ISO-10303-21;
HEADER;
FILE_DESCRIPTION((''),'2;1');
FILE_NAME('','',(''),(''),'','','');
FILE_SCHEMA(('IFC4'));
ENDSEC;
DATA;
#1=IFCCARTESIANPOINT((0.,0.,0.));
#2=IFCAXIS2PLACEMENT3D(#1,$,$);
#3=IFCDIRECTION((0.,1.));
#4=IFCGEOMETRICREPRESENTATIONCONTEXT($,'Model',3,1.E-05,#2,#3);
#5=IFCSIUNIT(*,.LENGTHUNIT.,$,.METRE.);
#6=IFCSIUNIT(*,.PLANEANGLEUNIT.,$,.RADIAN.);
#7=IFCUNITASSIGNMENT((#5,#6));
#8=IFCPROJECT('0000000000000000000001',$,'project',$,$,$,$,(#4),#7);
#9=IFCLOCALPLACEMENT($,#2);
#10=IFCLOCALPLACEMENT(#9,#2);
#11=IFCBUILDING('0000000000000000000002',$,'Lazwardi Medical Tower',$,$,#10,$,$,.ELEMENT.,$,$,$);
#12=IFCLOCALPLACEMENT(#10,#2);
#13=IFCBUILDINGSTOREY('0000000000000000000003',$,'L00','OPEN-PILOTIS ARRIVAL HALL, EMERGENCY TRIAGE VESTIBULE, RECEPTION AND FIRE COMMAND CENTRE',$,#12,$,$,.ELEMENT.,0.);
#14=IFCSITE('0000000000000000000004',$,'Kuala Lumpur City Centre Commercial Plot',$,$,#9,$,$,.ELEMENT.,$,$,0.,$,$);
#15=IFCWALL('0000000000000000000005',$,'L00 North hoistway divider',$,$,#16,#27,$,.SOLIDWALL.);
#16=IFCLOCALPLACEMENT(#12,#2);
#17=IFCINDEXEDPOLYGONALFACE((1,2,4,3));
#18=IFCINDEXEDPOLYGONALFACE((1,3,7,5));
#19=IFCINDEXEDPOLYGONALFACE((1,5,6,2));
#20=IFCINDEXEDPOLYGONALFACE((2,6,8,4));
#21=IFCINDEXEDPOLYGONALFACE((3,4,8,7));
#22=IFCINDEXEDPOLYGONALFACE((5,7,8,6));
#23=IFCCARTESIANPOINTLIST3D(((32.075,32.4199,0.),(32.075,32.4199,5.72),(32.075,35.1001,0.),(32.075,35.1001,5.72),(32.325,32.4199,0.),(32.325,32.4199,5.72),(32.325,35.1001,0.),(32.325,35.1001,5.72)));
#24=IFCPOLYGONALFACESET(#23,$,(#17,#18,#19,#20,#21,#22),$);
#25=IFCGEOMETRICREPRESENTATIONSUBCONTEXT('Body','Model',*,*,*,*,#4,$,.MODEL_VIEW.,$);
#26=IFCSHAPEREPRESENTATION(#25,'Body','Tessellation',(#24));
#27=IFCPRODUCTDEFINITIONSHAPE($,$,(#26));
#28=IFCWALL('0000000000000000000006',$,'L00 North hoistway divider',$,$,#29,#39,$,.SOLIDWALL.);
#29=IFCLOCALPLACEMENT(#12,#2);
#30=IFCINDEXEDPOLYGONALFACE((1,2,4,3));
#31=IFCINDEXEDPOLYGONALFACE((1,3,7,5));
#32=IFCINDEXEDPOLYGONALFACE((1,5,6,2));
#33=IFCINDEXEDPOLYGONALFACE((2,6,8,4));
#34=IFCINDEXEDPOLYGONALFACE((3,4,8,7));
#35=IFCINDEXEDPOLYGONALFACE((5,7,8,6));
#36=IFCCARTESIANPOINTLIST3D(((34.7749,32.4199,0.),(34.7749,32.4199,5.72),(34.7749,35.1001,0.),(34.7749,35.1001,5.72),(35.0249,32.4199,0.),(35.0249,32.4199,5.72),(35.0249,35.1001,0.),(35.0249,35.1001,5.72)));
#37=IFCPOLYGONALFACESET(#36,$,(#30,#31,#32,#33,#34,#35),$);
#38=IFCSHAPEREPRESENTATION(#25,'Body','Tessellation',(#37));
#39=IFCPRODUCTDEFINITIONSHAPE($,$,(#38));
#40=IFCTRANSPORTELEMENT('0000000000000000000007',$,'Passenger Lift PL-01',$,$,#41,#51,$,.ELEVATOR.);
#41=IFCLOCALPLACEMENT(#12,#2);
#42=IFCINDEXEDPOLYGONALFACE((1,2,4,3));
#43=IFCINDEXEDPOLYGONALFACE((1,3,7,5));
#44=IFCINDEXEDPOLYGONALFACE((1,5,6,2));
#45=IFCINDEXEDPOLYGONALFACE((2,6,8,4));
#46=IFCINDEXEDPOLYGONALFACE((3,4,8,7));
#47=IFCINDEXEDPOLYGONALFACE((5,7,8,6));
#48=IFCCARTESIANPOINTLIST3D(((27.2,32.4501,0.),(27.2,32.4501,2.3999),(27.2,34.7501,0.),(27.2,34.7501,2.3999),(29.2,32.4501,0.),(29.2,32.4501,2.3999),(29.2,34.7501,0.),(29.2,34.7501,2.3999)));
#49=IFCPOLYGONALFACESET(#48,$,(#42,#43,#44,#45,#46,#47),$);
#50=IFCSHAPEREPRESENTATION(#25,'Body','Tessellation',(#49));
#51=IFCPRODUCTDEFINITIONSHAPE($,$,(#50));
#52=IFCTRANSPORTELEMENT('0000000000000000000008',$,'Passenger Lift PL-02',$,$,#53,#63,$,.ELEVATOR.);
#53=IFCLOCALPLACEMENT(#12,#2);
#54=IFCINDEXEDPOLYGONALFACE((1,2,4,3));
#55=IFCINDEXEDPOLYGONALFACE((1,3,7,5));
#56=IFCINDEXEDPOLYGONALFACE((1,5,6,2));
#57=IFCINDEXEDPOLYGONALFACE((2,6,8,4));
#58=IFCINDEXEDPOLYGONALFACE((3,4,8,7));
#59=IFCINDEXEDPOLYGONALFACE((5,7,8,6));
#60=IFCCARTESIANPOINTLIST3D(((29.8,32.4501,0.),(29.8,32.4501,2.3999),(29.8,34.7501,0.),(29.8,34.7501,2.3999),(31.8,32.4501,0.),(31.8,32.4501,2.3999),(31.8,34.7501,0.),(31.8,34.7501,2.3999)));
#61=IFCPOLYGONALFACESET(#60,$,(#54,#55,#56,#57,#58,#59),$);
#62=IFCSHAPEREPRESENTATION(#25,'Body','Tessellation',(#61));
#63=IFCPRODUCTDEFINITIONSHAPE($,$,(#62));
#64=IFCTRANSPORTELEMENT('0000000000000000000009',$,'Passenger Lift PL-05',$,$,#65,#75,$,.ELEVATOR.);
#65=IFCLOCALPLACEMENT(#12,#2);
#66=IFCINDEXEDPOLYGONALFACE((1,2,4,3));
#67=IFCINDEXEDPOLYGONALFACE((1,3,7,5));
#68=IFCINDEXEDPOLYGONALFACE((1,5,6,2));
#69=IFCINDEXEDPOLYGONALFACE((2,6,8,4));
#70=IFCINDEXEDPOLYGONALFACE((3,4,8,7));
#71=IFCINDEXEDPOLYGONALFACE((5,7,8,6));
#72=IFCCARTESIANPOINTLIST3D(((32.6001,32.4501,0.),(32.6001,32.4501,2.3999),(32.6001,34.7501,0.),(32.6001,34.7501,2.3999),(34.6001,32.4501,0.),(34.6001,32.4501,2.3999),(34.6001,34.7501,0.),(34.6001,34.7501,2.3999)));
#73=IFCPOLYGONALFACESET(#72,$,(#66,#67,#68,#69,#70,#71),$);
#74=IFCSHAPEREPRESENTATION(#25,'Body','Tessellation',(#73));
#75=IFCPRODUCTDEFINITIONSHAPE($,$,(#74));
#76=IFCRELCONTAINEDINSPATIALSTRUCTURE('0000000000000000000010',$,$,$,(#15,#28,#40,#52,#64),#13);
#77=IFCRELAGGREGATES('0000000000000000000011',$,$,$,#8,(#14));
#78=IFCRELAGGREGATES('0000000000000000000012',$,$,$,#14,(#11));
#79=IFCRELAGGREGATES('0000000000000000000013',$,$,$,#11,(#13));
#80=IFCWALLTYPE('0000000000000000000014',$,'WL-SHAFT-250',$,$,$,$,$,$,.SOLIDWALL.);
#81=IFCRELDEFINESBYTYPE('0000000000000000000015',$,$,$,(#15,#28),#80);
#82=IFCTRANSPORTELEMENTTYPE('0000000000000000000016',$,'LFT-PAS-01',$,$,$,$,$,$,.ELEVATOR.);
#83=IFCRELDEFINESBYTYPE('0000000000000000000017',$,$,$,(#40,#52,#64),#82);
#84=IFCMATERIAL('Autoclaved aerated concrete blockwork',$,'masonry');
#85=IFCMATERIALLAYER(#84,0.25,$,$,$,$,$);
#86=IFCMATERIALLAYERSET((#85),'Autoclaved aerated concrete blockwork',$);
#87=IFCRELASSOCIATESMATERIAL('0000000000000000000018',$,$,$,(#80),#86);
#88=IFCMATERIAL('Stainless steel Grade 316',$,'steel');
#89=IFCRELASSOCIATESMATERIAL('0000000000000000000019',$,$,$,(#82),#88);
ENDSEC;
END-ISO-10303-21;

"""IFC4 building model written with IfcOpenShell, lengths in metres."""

from ifc_helpers import new_model, si_unit, direction, frame, frame_2d, origin, origin_2d, place, context, subcontext, project, spatial, rectangle, extrude, material, layer, layer_set, type_object, element, save


model = new_model("IFC4")

# Units and contexts
model_context = context("Model", 3, precision=1e-05, world=origin(), true_north=direction((0.0, 1.0)))
body_context = subcontext(model_context, "Body", "Model", "MODEL_VIEW")
ifc_project = project(units=[si_unit("LENGTHUNIT", "METRE"), si_unit("PLANEANGLEUNIT", "RADIAN")], contexts=[model_context])

# Site, building, storey
site_placement = place(None, origin())
site = spatial("IfcSite", under=ifc_project, at=site_placement, Name="Kuala Lumpur City Centre Commercial Plot", CompositionType="ELEMENT", RefElevation=0.0)
building_placement = place(site_placement, origin())
building = spatial("IfcBuilding", under=site, at=building_placement, Name="Lazwardi Medical Tower", CompositionType="ELEMENT")
storey_placement = place(building_placement, origin())
storey = spatial("IfcBuildingStorey", under=building, at=storey_placement, Name="L00", Description="OPEN-PILOTIS ARRIVAL HALL, EMERGENCY TRIAGE VESTIBULE, RECEPTION AND FIRE COMMAND CENTRE", CompositionType="ELEMENT", Elevation=0.0)

# Walls
ifc_material_1 = material(Name="Autoclaved aerated concrete blockwork", Category="masonry")
ifc_layer_1 = layer(ifc_material_1, 0.25)
ifc_layer_set_1 = layer_set([ifc_layer_1], Name="Autoclaved aerated concrete blockwork")
wall_type_1 = type_object("IfcWallType", Name="WL-SHAFT-250", PredefinedType="SOLIDWALL", material=ifc_layer_set_1)
for number, where, z_axis, x_axis, name in (
    (1, (32.2, 32.4199, 0.0), (0.0, 0.0, 1.0), (0.0, 1.0, 0.0), "L00 North hoistway divider"),
    (2, (34.8999, 32.4199, 0.0), (0.0, 0.0, 1.0), (0.0, 1.0, 0.0), "L00 North hoistway divider"),
):
    element("IfcWall", number, at=place(storey_placement, frame(where, z_axis=z_axis, x_axis=x_axis)), inside=storey, type_object=wall_type_1, Name=name, PredefinedType="SOLIDWALL", context=body_context, shape_type="SweptSolid", body=[
        extrude(rectangle(XDim=2.6802, YDim=0.25, at=frame_2d((1.3401, 0.0))), origin(), (0.0, 0.0, 1.0), 5.72),
    ])

# Shared definitions
ifc_material_2 = material(Name="Stainless steel Grade 316", Category="steel")

# Transport elements
transport_element_type = type_object("IfcTransportElementType", Name="LFT-PAS-01", PredefinedType="ELEVATOR", material=ifc_material_2)
for number, where, z_axis, x_axis, name in (
    (3, (28.2, 33.6001, 0.0), (0.0, 0.0, 1.0), (1.0, 0.0, 0.0), "Passenger Lift PL-01"),
    (4, (30.8, 33.6001, 0.0), (0.0, 0.0, 1.0), (1.0, 0.0, 0.0), "Passenger Lift PL-02"),
    (5, (33.6001, 33.6001, 0.0), (0.0, 0.0, 1.0), (1.0, 0.0, 0.0), "Passenger Lift PL-05"),
):
    element("IfcTransportElement", number, at=place(storey_placement, frame(where, z_axis=z_axis, x_axis=x_axis)), inside=storey, type_object=transport_element_type, Name=name, PredefinedType="ELEVATOR", context=body_context, shape_type="SweptSolid", body=[
        extrude(rectangle(XDim=2.0, YDim=2.3, at=origin_2d()), origin(), (0.0, 0.0, 1.0), 2.3999),
    ])

save(model, "model.ifc")
